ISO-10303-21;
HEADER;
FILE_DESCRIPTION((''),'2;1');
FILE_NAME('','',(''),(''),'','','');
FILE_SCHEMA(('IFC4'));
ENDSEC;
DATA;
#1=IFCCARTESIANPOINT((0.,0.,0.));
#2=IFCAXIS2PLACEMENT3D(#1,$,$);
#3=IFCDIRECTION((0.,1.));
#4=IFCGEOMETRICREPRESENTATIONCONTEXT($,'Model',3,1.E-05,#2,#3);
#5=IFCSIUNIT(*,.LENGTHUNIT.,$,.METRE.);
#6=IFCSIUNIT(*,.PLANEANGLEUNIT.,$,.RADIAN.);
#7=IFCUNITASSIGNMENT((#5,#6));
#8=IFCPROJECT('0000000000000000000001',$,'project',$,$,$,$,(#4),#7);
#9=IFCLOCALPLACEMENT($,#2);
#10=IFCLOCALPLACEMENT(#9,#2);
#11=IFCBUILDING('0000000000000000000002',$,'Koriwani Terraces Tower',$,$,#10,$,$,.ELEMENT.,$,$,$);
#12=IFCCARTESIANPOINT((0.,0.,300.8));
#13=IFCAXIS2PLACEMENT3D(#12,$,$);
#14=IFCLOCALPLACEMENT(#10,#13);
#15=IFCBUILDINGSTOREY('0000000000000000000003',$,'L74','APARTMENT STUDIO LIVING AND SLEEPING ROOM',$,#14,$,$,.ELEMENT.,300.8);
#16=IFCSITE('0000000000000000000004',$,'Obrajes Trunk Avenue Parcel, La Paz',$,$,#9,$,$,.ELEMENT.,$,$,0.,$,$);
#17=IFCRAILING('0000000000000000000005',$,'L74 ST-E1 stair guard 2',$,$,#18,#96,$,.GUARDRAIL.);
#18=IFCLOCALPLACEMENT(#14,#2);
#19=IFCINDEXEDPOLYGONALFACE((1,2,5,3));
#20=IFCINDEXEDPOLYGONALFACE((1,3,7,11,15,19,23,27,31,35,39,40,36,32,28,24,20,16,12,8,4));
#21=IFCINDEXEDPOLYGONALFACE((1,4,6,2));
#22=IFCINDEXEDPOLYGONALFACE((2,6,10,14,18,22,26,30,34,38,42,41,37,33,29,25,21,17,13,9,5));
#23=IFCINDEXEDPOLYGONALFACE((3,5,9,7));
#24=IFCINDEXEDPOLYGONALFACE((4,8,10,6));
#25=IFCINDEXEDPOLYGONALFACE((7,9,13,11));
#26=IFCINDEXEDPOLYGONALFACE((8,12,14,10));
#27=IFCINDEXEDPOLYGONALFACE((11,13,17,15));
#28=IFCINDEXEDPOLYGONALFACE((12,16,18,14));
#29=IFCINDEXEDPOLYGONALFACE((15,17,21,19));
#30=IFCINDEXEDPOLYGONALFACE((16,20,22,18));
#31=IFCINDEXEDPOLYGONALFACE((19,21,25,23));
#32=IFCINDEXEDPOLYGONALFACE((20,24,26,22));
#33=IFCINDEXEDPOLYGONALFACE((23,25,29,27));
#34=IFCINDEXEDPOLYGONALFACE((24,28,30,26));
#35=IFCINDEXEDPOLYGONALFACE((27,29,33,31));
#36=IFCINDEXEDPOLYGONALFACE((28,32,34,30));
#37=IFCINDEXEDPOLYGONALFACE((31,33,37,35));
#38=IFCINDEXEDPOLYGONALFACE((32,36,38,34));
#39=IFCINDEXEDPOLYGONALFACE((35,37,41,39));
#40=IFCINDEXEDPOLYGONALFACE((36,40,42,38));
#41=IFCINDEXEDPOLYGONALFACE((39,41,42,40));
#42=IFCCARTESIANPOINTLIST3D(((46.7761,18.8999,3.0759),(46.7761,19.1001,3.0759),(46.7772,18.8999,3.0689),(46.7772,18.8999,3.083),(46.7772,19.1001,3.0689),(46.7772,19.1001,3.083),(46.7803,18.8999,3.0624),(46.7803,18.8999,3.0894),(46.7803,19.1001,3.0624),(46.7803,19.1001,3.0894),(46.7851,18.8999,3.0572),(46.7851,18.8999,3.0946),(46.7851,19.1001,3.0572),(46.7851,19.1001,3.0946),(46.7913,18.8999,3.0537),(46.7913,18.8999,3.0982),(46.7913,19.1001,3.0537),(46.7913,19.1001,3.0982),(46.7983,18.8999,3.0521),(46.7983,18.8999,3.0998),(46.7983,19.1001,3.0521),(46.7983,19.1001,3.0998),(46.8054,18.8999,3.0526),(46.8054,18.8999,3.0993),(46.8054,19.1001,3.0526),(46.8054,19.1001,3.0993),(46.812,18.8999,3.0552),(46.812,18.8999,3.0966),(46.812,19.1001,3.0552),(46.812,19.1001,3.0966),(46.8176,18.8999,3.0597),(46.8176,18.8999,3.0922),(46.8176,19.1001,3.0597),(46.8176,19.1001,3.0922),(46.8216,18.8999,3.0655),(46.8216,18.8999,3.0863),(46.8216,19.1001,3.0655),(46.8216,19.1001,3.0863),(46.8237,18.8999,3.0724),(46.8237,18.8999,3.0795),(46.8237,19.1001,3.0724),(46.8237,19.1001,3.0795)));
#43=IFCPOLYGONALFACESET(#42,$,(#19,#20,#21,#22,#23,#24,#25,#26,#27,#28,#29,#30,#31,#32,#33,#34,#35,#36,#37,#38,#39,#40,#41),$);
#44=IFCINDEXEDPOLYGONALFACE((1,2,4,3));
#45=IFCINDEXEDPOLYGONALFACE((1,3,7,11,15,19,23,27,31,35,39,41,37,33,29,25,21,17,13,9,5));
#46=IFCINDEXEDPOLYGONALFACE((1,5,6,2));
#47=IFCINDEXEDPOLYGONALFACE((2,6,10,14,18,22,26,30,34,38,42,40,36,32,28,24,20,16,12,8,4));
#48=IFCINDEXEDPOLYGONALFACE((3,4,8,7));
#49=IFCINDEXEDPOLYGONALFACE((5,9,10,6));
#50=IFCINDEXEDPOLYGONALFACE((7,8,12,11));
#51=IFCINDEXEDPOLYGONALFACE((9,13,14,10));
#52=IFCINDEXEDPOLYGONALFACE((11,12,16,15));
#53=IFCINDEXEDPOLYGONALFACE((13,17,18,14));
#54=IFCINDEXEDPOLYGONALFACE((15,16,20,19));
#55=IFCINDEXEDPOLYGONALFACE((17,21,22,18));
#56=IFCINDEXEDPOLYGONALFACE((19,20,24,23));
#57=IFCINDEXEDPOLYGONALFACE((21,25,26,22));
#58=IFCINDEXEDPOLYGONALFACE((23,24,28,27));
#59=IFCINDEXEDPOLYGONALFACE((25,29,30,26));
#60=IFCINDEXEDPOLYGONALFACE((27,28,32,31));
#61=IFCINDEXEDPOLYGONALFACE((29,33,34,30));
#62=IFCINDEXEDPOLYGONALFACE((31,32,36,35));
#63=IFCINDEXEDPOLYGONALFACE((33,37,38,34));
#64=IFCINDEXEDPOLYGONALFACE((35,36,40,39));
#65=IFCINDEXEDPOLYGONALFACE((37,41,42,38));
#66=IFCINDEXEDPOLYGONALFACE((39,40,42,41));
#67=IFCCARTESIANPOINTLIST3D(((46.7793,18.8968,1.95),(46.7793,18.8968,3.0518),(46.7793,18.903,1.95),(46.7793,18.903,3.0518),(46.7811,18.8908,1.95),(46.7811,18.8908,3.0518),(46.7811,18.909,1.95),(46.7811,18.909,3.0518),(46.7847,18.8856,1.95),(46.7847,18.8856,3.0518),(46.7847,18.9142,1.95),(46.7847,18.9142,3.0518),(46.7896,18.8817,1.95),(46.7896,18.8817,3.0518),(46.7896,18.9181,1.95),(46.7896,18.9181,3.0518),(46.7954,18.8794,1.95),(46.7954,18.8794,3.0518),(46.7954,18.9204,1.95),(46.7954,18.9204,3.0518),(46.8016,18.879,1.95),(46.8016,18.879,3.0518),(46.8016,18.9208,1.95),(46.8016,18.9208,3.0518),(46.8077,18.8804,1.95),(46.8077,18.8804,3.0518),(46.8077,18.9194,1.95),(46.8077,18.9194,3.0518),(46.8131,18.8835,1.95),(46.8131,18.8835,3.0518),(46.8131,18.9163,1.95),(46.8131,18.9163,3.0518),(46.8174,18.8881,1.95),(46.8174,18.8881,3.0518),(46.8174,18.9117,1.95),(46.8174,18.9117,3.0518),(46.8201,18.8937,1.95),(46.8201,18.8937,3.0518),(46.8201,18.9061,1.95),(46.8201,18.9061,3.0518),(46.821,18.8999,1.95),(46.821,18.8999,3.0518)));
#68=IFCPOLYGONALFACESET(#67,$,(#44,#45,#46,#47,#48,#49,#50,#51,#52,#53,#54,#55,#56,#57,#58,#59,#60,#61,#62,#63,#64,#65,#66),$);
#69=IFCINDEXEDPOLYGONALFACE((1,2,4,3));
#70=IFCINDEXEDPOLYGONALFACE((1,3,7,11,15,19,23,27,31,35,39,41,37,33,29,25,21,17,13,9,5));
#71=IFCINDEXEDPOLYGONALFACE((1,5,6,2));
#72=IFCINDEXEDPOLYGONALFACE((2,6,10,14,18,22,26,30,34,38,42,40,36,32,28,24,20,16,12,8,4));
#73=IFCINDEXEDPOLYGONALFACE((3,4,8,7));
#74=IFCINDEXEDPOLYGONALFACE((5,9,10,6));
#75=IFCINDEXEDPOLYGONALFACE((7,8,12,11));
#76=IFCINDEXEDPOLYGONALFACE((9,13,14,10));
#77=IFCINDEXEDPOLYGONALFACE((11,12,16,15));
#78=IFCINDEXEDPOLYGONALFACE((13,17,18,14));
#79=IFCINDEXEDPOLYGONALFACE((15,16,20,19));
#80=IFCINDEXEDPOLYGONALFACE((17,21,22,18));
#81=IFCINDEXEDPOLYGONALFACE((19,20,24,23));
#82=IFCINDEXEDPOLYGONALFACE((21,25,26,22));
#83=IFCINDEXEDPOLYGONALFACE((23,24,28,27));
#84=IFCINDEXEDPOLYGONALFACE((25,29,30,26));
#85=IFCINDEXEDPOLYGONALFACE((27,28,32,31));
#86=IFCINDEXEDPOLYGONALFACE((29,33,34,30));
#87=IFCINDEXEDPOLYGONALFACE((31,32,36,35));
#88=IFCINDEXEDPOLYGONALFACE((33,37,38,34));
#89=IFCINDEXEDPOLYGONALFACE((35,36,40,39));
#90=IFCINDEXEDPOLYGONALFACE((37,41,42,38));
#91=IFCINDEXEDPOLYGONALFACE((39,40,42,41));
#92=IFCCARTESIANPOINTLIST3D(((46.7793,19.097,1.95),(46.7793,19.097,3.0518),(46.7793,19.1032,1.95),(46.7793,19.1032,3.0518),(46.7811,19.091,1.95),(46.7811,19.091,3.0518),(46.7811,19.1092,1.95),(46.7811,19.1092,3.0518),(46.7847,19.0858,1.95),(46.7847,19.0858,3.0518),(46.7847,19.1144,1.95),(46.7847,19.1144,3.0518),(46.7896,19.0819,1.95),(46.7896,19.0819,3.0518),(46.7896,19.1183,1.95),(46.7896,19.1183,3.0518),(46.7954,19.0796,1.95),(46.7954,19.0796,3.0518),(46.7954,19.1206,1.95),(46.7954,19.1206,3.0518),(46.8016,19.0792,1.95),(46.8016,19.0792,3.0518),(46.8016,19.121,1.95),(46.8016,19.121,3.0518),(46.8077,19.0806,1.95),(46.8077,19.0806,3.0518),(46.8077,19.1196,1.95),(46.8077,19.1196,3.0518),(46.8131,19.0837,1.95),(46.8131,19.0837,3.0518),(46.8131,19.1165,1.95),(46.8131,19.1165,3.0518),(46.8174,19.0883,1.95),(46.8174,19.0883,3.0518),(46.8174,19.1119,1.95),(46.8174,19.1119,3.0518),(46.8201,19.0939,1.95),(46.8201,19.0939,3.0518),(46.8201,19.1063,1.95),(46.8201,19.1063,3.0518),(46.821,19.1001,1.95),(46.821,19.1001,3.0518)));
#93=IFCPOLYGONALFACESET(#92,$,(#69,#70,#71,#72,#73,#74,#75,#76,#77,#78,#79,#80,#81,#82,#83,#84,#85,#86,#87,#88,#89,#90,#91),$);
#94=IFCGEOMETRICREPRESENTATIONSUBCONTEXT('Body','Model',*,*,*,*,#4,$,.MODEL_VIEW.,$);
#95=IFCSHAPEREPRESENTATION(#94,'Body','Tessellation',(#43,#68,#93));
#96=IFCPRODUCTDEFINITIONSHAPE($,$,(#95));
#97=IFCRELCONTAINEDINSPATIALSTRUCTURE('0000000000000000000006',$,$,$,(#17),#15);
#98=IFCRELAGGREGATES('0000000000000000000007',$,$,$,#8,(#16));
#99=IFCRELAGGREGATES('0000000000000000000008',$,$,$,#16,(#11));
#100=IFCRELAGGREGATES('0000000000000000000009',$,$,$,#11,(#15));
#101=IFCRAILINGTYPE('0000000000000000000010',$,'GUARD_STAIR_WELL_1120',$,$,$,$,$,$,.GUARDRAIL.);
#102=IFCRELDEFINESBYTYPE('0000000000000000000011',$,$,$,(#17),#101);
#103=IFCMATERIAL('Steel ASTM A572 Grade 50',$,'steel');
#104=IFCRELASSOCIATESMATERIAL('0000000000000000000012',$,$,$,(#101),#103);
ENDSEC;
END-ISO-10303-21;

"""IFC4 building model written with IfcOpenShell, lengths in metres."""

from ifc_helpers import new_model, si_unit, direction, frame, origin, origin_2d, place, context, subcontext, project, spatial, circle, extrude, material, type_object, element, save


model = new_model("IFC4")

# Units and contexts
model_context = context("Model", 3, precision=1e-05, world=origin(), true_north=direction((0.0, 1.0)))
body_context = subcontext(model_context, "Body", "Model", "MODEL_VIEW")
ifc_project = project(units=[si_unit("LENGTHUNIT", "METRE"), si_unit("PLANEANGLEUNIT", "RADIAN")], contexts=[model_context])

# Site, building, storey
site_placement = place(None, origin())
site = spatial("IfcSite", under=ifc_project, at=site_placement, Name="Obrajes Trunk Avenue Parcel, La Paz", CompositionType="ELEMENT", RefElevation=0.0)
building_placement = place(site_placement, origin())
building = spatial("IfcBuilding", under=site, at=building_placement, Name="Koriwani Terraces Tower", CompositionType="ELEMENT")
storey_placement = place(building_placement, frame((0.0, 0.0, 300.8)))
storey = spatial("IfcBuildingStorey", under=building, at=storey_placement, Name="L74", Description="APARTMENT STUDIO LIVING AND SLEEPING ROOM", CompositionType="ELEMENT", Elevation=300.8)

# Shared definitions
ifc_material_1 = material(Name="Steel ASTM A572 Grade 50", Category="steel")

# Railing
railing_type_1 = type_object("IfcRailingType", Name="GUARD_STAIR_WELL_1120", PredefinedType="GUARDRAIL", material=ifc_material_1)
railing_1_placement = place(storey_placement, frame((46.8, 18.8999, 1.95)))
element("IfcRailing", 1, at=railing_1_placement, inside=storey, type_object=railing_type_1, Name="L74 ST-E1 stair guard 2", PredefinedType="GUARDRAIL", context=body_context, shape_type="SweptSolid", body=[
    extrude(circle(Radius=0.0239, at=origin_2d()), frame((0.0, 0.0, 1.126), z_axis=(0.0, 1.0, 0.0), x_axis=(-1.0, 0.0, 0.0)), (0.0, 0.0, 1.0), 0.2002),
    extrude(circle(Radius=0.021, at=origin_2d()), origin(), (0.0, 0.0, 1.0), 1.1018),
    extrude(circle(Radius=0.021, at=origin_2d()), frame((0.0, 0.2002, 0.0)), (0.0, 0.0, 1.0), 1.1018),
])

save(model, "model.ifc")
